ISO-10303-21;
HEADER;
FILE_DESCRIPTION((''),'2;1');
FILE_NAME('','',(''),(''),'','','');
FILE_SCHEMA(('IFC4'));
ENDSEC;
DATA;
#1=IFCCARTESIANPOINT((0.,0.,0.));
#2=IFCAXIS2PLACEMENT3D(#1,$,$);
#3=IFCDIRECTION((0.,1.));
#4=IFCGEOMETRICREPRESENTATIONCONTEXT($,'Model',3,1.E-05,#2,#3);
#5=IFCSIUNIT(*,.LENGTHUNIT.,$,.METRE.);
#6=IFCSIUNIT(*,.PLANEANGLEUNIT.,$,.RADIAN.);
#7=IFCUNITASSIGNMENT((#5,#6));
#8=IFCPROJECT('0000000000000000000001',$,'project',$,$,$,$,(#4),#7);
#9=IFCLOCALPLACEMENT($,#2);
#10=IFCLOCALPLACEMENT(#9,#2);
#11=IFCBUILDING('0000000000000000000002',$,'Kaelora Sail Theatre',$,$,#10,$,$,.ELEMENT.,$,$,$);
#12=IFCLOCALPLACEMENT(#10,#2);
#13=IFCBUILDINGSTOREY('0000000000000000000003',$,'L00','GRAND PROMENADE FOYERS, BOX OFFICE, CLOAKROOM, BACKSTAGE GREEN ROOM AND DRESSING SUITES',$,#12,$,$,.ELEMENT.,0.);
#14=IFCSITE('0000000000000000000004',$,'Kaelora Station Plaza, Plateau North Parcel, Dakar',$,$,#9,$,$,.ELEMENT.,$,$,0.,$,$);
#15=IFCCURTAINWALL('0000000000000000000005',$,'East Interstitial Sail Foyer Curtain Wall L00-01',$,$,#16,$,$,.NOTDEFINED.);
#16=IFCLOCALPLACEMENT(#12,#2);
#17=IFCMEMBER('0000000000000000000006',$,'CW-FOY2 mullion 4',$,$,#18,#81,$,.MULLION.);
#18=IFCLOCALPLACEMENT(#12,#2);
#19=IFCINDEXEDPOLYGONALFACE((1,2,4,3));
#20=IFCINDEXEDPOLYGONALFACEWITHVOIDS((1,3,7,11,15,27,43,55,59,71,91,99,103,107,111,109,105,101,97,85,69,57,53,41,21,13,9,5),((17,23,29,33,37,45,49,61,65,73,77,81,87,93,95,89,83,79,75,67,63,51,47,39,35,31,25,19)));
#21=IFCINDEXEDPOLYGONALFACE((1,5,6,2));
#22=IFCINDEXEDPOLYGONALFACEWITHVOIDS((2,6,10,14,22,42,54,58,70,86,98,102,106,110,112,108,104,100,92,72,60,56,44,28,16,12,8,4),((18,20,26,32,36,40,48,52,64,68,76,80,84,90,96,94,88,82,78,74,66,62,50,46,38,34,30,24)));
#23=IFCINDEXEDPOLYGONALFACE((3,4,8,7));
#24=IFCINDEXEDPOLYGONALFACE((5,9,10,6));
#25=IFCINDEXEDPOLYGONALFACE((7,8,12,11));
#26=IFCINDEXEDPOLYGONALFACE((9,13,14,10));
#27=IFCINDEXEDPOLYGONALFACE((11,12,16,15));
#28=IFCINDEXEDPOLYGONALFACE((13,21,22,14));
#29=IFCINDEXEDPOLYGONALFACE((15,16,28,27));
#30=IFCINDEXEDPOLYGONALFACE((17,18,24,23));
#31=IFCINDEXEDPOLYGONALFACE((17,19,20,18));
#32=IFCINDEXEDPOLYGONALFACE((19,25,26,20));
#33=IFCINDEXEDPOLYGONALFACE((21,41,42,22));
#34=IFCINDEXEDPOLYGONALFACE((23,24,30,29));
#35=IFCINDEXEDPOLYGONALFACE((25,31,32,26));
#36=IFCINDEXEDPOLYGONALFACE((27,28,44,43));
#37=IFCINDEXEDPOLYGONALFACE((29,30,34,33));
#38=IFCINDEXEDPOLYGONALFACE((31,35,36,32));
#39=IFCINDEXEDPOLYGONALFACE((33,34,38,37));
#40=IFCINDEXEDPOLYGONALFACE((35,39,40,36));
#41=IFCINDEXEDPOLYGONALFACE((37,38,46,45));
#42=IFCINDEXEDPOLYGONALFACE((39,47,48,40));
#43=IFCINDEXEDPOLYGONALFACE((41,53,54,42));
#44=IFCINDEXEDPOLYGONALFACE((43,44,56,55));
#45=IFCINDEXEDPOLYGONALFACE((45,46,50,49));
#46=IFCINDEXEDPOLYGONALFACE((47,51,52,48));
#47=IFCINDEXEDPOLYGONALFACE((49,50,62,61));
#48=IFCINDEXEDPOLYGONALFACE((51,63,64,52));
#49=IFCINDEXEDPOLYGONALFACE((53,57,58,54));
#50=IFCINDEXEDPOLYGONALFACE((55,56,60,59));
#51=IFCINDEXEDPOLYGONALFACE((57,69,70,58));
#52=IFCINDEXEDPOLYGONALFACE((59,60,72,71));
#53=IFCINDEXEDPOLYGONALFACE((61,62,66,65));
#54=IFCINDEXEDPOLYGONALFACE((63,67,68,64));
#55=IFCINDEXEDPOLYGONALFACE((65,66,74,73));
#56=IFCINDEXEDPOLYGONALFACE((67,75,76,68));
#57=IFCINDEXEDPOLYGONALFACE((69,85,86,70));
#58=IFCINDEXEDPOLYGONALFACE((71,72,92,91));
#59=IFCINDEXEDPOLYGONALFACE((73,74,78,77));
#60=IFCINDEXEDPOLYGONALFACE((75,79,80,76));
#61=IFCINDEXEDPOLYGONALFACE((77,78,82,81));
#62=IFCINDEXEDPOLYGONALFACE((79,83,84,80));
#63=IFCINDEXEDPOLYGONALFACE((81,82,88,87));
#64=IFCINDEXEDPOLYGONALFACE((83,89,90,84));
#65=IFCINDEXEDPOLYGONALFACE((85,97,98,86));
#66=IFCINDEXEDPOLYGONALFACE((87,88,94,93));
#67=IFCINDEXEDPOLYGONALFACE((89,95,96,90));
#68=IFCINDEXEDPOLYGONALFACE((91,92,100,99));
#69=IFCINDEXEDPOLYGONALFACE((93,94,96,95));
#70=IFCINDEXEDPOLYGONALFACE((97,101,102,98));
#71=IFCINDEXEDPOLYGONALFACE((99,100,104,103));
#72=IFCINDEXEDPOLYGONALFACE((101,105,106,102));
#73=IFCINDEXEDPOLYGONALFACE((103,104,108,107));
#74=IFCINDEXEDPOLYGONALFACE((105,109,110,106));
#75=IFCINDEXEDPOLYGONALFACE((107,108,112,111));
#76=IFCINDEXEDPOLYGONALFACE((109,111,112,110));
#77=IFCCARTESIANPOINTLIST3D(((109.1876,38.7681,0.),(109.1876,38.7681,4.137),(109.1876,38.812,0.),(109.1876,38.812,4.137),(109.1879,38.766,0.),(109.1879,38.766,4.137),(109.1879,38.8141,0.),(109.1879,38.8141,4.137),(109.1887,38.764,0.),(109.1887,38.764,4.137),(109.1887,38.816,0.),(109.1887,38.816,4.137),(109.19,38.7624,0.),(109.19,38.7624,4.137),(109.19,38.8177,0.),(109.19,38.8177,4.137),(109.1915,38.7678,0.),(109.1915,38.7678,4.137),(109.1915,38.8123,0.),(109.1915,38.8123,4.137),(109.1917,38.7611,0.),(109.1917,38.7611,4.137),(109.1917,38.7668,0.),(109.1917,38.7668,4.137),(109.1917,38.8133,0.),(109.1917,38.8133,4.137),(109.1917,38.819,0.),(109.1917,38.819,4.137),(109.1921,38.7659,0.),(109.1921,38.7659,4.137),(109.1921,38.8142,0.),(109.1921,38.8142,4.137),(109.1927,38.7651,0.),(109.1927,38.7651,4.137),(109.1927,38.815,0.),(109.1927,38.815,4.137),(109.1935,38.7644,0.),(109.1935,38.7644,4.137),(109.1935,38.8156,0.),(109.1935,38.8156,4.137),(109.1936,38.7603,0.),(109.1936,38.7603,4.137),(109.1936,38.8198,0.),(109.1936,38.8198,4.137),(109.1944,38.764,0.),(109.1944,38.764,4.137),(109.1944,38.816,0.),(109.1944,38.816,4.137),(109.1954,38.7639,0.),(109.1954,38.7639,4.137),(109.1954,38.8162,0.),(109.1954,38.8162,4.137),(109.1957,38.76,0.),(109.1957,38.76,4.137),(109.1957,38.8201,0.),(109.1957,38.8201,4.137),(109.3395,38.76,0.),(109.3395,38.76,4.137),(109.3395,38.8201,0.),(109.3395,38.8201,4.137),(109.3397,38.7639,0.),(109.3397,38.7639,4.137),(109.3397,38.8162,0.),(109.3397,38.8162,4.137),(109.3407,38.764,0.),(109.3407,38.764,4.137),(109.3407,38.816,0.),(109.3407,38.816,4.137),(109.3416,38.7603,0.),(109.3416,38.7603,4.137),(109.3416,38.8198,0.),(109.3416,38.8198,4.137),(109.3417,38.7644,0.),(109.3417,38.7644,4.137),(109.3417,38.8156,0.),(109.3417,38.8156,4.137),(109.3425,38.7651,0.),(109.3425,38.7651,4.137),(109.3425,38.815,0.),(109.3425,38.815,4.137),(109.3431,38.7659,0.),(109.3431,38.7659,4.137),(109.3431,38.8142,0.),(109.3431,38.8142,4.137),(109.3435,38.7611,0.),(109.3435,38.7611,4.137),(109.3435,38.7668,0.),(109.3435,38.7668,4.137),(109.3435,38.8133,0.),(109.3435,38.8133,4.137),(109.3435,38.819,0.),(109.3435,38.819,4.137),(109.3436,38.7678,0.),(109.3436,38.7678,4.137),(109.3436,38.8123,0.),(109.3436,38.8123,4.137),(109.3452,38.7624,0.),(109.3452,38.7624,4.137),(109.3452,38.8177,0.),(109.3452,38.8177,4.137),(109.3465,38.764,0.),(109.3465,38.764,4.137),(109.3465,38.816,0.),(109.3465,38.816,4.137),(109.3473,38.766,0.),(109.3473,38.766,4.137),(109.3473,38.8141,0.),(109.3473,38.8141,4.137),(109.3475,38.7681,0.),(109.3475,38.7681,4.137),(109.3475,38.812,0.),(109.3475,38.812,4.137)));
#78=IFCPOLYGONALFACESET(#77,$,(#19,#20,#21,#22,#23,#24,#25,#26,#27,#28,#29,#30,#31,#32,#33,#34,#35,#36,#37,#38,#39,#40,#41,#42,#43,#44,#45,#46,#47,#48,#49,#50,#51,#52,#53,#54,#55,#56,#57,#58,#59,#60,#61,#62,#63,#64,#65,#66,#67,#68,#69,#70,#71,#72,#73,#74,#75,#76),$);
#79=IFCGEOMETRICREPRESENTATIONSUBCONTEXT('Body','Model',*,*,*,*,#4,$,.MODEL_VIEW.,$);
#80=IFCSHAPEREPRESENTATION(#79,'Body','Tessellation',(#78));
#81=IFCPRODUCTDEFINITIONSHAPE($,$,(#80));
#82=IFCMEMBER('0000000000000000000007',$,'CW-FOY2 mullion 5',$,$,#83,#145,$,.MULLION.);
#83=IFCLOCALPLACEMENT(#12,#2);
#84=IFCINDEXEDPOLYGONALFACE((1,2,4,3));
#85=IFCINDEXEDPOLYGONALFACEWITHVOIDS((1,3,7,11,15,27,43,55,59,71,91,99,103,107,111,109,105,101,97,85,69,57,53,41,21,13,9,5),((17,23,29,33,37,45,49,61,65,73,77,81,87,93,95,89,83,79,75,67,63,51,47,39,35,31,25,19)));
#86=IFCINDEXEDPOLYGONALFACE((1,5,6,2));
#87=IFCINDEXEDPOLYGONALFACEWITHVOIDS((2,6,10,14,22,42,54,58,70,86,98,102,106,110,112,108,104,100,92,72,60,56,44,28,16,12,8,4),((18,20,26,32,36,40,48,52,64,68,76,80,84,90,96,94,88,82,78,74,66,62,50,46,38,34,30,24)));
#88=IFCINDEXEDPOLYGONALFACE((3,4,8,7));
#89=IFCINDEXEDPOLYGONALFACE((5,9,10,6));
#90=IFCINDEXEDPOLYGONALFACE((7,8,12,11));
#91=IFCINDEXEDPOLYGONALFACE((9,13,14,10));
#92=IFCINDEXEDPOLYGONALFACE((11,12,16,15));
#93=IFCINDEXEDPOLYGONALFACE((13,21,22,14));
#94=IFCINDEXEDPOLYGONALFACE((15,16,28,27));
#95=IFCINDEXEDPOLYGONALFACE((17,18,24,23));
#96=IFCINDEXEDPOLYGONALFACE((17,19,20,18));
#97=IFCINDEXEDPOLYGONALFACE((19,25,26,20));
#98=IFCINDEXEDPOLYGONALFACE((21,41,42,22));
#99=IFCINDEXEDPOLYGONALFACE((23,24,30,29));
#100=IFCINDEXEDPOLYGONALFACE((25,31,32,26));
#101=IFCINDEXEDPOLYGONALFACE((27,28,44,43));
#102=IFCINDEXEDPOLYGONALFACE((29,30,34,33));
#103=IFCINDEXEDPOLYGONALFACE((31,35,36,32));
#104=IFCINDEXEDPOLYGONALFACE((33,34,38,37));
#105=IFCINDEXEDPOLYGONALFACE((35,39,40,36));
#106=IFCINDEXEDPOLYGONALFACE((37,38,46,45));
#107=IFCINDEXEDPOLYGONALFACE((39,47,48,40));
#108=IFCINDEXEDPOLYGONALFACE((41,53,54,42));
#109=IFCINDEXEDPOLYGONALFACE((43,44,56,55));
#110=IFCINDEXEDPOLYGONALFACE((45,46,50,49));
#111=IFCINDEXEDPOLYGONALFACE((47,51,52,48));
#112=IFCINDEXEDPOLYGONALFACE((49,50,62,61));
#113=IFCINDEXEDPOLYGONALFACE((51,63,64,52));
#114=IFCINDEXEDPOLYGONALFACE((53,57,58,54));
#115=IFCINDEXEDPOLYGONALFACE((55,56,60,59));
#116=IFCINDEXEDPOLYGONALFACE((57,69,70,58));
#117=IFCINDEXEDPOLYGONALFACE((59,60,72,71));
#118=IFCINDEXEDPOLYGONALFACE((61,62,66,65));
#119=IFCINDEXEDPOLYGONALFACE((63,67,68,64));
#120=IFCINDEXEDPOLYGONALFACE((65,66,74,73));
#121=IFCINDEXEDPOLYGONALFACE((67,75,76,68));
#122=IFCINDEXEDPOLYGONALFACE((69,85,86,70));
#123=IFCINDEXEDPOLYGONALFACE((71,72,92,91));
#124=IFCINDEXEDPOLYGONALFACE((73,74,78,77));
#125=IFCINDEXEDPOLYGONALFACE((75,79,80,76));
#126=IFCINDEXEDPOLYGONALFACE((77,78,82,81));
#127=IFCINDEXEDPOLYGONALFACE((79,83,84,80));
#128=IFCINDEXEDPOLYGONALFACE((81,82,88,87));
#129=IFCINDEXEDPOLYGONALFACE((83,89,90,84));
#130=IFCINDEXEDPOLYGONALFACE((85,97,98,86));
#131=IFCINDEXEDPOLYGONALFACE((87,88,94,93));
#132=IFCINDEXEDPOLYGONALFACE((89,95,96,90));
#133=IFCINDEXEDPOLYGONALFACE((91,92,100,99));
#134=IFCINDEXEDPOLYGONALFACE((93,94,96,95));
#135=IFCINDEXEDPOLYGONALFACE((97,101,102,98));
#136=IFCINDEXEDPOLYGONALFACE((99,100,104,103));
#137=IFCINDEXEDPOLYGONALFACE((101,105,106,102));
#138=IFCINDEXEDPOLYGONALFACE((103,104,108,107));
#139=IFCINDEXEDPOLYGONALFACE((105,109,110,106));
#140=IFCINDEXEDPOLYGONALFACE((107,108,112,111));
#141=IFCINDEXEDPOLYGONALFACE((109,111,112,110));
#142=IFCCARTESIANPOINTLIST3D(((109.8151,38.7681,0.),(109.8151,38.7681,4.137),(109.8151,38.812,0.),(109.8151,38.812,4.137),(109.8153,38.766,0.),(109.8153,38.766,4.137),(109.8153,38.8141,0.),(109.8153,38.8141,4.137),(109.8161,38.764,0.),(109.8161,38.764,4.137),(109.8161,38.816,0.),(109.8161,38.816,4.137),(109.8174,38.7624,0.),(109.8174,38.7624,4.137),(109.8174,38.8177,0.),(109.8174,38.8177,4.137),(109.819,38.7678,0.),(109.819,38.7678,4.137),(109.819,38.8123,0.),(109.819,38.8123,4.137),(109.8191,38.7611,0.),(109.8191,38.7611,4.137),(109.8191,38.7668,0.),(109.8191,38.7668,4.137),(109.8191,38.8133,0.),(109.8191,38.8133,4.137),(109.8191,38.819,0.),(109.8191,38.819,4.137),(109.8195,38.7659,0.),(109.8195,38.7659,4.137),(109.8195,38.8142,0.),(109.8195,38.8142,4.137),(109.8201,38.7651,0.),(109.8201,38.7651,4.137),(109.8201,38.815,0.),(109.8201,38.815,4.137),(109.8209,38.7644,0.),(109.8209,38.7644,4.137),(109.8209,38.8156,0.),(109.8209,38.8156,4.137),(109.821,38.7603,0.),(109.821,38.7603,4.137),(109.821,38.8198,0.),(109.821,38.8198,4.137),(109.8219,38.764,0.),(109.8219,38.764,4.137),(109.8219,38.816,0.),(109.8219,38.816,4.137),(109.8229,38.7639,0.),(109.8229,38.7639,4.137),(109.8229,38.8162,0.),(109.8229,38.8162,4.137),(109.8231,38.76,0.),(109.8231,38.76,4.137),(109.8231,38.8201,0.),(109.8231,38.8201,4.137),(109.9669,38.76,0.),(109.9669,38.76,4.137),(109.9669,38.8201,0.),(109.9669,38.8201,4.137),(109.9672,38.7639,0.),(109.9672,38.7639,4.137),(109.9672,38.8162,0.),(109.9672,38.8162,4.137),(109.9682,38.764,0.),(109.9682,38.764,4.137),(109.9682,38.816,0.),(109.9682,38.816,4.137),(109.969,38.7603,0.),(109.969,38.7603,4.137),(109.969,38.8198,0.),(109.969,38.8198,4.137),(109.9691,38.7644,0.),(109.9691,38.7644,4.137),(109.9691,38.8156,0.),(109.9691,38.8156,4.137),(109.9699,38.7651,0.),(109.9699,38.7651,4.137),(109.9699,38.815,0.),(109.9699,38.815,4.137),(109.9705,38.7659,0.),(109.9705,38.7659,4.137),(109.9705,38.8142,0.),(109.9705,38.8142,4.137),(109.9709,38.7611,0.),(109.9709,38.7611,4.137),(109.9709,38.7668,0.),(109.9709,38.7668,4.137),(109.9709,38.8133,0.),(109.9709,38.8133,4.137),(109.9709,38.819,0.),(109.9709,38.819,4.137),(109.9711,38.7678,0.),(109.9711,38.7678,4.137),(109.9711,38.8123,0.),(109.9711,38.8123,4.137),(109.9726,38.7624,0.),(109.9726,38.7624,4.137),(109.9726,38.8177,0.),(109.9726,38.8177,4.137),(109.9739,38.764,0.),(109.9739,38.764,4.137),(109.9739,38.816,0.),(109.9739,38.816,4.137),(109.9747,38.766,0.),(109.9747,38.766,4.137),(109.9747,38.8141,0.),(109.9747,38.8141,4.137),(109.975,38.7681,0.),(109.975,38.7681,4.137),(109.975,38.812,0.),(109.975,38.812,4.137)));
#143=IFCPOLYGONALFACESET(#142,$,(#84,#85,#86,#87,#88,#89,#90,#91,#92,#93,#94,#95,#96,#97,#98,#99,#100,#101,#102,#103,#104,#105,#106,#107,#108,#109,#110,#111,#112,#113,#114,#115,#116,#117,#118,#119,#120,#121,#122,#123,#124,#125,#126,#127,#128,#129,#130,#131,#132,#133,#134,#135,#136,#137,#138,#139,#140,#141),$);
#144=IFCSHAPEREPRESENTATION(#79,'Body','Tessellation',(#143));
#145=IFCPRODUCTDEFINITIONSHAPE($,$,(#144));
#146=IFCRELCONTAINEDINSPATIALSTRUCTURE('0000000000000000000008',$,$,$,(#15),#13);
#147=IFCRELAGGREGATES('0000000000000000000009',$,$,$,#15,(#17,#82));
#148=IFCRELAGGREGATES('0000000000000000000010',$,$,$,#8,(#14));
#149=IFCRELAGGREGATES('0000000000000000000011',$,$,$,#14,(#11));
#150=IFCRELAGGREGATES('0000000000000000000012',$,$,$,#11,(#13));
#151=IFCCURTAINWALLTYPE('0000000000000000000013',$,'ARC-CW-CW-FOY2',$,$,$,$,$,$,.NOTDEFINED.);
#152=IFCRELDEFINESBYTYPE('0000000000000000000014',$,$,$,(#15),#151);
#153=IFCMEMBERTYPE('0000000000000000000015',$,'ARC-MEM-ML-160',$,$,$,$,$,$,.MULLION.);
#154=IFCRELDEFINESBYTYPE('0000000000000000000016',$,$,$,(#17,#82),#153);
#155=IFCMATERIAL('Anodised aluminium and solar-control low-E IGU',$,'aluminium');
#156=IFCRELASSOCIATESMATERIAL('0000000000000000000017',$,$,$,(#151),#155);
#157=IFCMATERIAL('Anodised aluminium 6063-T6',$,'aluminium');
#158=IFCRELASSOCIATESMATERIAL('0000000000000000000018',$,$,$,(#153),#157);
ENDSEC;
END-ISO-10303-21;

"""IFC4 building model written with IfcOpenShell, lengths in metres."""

from ifc_helpers import new_model, si_unit, direction, frame, origin, origin_2d, place, context, subcontext, project, spatial, hollow_rectangle, extrude, material, material_profile, profile_set, type_object, element, aggregate, save


model = new_model("IFC4")

# Units and contexts
model_context = context("Model", 3, precision=1e-05, world=origin(), true_north=direction((0.0, 1.0)))
body_context = subcontext(model_context, "Body", "Model", "MODEL_VIEW")
ifc_project = project(units=[si_unit("LENGTHUNIT", "METRE"), si_unit("PLANEANGLEUNIT", "RADIAN")], contexts=[model_context])

# Site, building, storey
site_placement = place(None, origin())
site = spatial("IfcSite", under=ifc_project, at=site_placement, Name="Kaelora Station Plaza, Plateau North Parcel, Dakar", CompositionType="ELEMENT", RefElevation=0.0)
building_placement = place(site_placement, origin())
building = spatial("IfcBuilding", under=site, at=building_placement, Name="Kaelora Sail Theatre", CompositionType="ELEMENT")
storey_placement = place(building_placement, origin())
storey = spatial("IfcBuildingStorey", under=building, at=storey_placement, Name="L00", Description="GRAND PROMENADE FOYERS, BOX OFFICE, CLOAKROOM, BACKSTAGE GREEN ROOM AND DRESSING SUITES", CompositionType="ELEMENT", Elevation=0.0)

# Curtain wall, members
ifc_material_1 = material(Name="Anodised aluminium and solar-control low-E IGU", Category="aluminium")
curtain_wall_type = type_object("IfcCurtainWallType", Name="ARC-CW-CW-FOY2", PredefinedType="NOTDEFINED", material=ifc_material_1)
curtain_wall_1_placement = place(storey_placement, origin())
curtain_wall_1 = element("IfcCurtainWall", 1, at=curtain_wall_1_placement, inside=storey, type_object=curtain_wall_type, Name="East Interstitial Sail Foyer Curtain Wall L00-01", PredefinedType="NOTDEFINED")
ifc_material_2 = material(Name="Anodised aluminium 6063-T6", Category="aluminium")
ifc_material_profile_1 = material_profile(ifc_material_2, hollow_rectangle(XDim=0.0601, YDim=0.1599, WallThickness=0.0039, InnerFilletRadius=0.0039, OuterFilletRadius=0.0081, at=origin_2d()), Name="ALU-MULL 60x160x4")
ifc_profile_set_1 = profile_set([ifc_material_profile_1], Name="Anodised aluminium 6063-T6")
member_type_1 = type_object("IfcMemberType", Name="ARC-MEM-ML-160", PredefinedType="MULLION", material=ifc_profile_set_1)
member_1_placement = place(storey_placement, frame((109.2676, 38.79, 0.0), z_axis=(0.0, 0.0, 1.0), x_axis=(0.0, 1.0, 0.0)))
member_1 = element("IfcMember", 2, at=member_1_placement, type_object=member_type_1, Name="CW-FOY2 mullion 4", PredefinedType="MULLION", context=body_context, shape_type="SweptSolid", body=[
    extrude(hollow_rectangle(XDim=0.0601, YDim=0.1599, WallThickness=0.0039, InnerFilletRadius=0.0039, OuterFilletRadius=0.0081, at=origin_2d()), origin(), (0.0, 0.0, 1.0), 4.137),
])
member_2_placement = place(storey_placement, frame((109.895, 38.79, 0.0), z_axis=(0.0, 0.0, 1.0), x_axis=(0.0, 1.0, 0.0)))
member_2 = element("IfcMember", 3, at=member_2_placement, type_object=member_type_1, Name="CW-FOY2 mullion 5", PredefinedType="MULLION", context=body_context, shape_type="SweptSolid", body=[
    extrude(hollow_rectangle(XDim=0.0601, YDim=0.1599, WallThickness=0.0039, InnerFilletRadius=0.0039, OuterFilletRadius=0.0081, at=origin_2d()), origin(), (0.0, 0.0, 1.0), 4.137),
])

aggregate(curtain_wall_1, [member_1, member_2])

save(model, "model.ifc")
